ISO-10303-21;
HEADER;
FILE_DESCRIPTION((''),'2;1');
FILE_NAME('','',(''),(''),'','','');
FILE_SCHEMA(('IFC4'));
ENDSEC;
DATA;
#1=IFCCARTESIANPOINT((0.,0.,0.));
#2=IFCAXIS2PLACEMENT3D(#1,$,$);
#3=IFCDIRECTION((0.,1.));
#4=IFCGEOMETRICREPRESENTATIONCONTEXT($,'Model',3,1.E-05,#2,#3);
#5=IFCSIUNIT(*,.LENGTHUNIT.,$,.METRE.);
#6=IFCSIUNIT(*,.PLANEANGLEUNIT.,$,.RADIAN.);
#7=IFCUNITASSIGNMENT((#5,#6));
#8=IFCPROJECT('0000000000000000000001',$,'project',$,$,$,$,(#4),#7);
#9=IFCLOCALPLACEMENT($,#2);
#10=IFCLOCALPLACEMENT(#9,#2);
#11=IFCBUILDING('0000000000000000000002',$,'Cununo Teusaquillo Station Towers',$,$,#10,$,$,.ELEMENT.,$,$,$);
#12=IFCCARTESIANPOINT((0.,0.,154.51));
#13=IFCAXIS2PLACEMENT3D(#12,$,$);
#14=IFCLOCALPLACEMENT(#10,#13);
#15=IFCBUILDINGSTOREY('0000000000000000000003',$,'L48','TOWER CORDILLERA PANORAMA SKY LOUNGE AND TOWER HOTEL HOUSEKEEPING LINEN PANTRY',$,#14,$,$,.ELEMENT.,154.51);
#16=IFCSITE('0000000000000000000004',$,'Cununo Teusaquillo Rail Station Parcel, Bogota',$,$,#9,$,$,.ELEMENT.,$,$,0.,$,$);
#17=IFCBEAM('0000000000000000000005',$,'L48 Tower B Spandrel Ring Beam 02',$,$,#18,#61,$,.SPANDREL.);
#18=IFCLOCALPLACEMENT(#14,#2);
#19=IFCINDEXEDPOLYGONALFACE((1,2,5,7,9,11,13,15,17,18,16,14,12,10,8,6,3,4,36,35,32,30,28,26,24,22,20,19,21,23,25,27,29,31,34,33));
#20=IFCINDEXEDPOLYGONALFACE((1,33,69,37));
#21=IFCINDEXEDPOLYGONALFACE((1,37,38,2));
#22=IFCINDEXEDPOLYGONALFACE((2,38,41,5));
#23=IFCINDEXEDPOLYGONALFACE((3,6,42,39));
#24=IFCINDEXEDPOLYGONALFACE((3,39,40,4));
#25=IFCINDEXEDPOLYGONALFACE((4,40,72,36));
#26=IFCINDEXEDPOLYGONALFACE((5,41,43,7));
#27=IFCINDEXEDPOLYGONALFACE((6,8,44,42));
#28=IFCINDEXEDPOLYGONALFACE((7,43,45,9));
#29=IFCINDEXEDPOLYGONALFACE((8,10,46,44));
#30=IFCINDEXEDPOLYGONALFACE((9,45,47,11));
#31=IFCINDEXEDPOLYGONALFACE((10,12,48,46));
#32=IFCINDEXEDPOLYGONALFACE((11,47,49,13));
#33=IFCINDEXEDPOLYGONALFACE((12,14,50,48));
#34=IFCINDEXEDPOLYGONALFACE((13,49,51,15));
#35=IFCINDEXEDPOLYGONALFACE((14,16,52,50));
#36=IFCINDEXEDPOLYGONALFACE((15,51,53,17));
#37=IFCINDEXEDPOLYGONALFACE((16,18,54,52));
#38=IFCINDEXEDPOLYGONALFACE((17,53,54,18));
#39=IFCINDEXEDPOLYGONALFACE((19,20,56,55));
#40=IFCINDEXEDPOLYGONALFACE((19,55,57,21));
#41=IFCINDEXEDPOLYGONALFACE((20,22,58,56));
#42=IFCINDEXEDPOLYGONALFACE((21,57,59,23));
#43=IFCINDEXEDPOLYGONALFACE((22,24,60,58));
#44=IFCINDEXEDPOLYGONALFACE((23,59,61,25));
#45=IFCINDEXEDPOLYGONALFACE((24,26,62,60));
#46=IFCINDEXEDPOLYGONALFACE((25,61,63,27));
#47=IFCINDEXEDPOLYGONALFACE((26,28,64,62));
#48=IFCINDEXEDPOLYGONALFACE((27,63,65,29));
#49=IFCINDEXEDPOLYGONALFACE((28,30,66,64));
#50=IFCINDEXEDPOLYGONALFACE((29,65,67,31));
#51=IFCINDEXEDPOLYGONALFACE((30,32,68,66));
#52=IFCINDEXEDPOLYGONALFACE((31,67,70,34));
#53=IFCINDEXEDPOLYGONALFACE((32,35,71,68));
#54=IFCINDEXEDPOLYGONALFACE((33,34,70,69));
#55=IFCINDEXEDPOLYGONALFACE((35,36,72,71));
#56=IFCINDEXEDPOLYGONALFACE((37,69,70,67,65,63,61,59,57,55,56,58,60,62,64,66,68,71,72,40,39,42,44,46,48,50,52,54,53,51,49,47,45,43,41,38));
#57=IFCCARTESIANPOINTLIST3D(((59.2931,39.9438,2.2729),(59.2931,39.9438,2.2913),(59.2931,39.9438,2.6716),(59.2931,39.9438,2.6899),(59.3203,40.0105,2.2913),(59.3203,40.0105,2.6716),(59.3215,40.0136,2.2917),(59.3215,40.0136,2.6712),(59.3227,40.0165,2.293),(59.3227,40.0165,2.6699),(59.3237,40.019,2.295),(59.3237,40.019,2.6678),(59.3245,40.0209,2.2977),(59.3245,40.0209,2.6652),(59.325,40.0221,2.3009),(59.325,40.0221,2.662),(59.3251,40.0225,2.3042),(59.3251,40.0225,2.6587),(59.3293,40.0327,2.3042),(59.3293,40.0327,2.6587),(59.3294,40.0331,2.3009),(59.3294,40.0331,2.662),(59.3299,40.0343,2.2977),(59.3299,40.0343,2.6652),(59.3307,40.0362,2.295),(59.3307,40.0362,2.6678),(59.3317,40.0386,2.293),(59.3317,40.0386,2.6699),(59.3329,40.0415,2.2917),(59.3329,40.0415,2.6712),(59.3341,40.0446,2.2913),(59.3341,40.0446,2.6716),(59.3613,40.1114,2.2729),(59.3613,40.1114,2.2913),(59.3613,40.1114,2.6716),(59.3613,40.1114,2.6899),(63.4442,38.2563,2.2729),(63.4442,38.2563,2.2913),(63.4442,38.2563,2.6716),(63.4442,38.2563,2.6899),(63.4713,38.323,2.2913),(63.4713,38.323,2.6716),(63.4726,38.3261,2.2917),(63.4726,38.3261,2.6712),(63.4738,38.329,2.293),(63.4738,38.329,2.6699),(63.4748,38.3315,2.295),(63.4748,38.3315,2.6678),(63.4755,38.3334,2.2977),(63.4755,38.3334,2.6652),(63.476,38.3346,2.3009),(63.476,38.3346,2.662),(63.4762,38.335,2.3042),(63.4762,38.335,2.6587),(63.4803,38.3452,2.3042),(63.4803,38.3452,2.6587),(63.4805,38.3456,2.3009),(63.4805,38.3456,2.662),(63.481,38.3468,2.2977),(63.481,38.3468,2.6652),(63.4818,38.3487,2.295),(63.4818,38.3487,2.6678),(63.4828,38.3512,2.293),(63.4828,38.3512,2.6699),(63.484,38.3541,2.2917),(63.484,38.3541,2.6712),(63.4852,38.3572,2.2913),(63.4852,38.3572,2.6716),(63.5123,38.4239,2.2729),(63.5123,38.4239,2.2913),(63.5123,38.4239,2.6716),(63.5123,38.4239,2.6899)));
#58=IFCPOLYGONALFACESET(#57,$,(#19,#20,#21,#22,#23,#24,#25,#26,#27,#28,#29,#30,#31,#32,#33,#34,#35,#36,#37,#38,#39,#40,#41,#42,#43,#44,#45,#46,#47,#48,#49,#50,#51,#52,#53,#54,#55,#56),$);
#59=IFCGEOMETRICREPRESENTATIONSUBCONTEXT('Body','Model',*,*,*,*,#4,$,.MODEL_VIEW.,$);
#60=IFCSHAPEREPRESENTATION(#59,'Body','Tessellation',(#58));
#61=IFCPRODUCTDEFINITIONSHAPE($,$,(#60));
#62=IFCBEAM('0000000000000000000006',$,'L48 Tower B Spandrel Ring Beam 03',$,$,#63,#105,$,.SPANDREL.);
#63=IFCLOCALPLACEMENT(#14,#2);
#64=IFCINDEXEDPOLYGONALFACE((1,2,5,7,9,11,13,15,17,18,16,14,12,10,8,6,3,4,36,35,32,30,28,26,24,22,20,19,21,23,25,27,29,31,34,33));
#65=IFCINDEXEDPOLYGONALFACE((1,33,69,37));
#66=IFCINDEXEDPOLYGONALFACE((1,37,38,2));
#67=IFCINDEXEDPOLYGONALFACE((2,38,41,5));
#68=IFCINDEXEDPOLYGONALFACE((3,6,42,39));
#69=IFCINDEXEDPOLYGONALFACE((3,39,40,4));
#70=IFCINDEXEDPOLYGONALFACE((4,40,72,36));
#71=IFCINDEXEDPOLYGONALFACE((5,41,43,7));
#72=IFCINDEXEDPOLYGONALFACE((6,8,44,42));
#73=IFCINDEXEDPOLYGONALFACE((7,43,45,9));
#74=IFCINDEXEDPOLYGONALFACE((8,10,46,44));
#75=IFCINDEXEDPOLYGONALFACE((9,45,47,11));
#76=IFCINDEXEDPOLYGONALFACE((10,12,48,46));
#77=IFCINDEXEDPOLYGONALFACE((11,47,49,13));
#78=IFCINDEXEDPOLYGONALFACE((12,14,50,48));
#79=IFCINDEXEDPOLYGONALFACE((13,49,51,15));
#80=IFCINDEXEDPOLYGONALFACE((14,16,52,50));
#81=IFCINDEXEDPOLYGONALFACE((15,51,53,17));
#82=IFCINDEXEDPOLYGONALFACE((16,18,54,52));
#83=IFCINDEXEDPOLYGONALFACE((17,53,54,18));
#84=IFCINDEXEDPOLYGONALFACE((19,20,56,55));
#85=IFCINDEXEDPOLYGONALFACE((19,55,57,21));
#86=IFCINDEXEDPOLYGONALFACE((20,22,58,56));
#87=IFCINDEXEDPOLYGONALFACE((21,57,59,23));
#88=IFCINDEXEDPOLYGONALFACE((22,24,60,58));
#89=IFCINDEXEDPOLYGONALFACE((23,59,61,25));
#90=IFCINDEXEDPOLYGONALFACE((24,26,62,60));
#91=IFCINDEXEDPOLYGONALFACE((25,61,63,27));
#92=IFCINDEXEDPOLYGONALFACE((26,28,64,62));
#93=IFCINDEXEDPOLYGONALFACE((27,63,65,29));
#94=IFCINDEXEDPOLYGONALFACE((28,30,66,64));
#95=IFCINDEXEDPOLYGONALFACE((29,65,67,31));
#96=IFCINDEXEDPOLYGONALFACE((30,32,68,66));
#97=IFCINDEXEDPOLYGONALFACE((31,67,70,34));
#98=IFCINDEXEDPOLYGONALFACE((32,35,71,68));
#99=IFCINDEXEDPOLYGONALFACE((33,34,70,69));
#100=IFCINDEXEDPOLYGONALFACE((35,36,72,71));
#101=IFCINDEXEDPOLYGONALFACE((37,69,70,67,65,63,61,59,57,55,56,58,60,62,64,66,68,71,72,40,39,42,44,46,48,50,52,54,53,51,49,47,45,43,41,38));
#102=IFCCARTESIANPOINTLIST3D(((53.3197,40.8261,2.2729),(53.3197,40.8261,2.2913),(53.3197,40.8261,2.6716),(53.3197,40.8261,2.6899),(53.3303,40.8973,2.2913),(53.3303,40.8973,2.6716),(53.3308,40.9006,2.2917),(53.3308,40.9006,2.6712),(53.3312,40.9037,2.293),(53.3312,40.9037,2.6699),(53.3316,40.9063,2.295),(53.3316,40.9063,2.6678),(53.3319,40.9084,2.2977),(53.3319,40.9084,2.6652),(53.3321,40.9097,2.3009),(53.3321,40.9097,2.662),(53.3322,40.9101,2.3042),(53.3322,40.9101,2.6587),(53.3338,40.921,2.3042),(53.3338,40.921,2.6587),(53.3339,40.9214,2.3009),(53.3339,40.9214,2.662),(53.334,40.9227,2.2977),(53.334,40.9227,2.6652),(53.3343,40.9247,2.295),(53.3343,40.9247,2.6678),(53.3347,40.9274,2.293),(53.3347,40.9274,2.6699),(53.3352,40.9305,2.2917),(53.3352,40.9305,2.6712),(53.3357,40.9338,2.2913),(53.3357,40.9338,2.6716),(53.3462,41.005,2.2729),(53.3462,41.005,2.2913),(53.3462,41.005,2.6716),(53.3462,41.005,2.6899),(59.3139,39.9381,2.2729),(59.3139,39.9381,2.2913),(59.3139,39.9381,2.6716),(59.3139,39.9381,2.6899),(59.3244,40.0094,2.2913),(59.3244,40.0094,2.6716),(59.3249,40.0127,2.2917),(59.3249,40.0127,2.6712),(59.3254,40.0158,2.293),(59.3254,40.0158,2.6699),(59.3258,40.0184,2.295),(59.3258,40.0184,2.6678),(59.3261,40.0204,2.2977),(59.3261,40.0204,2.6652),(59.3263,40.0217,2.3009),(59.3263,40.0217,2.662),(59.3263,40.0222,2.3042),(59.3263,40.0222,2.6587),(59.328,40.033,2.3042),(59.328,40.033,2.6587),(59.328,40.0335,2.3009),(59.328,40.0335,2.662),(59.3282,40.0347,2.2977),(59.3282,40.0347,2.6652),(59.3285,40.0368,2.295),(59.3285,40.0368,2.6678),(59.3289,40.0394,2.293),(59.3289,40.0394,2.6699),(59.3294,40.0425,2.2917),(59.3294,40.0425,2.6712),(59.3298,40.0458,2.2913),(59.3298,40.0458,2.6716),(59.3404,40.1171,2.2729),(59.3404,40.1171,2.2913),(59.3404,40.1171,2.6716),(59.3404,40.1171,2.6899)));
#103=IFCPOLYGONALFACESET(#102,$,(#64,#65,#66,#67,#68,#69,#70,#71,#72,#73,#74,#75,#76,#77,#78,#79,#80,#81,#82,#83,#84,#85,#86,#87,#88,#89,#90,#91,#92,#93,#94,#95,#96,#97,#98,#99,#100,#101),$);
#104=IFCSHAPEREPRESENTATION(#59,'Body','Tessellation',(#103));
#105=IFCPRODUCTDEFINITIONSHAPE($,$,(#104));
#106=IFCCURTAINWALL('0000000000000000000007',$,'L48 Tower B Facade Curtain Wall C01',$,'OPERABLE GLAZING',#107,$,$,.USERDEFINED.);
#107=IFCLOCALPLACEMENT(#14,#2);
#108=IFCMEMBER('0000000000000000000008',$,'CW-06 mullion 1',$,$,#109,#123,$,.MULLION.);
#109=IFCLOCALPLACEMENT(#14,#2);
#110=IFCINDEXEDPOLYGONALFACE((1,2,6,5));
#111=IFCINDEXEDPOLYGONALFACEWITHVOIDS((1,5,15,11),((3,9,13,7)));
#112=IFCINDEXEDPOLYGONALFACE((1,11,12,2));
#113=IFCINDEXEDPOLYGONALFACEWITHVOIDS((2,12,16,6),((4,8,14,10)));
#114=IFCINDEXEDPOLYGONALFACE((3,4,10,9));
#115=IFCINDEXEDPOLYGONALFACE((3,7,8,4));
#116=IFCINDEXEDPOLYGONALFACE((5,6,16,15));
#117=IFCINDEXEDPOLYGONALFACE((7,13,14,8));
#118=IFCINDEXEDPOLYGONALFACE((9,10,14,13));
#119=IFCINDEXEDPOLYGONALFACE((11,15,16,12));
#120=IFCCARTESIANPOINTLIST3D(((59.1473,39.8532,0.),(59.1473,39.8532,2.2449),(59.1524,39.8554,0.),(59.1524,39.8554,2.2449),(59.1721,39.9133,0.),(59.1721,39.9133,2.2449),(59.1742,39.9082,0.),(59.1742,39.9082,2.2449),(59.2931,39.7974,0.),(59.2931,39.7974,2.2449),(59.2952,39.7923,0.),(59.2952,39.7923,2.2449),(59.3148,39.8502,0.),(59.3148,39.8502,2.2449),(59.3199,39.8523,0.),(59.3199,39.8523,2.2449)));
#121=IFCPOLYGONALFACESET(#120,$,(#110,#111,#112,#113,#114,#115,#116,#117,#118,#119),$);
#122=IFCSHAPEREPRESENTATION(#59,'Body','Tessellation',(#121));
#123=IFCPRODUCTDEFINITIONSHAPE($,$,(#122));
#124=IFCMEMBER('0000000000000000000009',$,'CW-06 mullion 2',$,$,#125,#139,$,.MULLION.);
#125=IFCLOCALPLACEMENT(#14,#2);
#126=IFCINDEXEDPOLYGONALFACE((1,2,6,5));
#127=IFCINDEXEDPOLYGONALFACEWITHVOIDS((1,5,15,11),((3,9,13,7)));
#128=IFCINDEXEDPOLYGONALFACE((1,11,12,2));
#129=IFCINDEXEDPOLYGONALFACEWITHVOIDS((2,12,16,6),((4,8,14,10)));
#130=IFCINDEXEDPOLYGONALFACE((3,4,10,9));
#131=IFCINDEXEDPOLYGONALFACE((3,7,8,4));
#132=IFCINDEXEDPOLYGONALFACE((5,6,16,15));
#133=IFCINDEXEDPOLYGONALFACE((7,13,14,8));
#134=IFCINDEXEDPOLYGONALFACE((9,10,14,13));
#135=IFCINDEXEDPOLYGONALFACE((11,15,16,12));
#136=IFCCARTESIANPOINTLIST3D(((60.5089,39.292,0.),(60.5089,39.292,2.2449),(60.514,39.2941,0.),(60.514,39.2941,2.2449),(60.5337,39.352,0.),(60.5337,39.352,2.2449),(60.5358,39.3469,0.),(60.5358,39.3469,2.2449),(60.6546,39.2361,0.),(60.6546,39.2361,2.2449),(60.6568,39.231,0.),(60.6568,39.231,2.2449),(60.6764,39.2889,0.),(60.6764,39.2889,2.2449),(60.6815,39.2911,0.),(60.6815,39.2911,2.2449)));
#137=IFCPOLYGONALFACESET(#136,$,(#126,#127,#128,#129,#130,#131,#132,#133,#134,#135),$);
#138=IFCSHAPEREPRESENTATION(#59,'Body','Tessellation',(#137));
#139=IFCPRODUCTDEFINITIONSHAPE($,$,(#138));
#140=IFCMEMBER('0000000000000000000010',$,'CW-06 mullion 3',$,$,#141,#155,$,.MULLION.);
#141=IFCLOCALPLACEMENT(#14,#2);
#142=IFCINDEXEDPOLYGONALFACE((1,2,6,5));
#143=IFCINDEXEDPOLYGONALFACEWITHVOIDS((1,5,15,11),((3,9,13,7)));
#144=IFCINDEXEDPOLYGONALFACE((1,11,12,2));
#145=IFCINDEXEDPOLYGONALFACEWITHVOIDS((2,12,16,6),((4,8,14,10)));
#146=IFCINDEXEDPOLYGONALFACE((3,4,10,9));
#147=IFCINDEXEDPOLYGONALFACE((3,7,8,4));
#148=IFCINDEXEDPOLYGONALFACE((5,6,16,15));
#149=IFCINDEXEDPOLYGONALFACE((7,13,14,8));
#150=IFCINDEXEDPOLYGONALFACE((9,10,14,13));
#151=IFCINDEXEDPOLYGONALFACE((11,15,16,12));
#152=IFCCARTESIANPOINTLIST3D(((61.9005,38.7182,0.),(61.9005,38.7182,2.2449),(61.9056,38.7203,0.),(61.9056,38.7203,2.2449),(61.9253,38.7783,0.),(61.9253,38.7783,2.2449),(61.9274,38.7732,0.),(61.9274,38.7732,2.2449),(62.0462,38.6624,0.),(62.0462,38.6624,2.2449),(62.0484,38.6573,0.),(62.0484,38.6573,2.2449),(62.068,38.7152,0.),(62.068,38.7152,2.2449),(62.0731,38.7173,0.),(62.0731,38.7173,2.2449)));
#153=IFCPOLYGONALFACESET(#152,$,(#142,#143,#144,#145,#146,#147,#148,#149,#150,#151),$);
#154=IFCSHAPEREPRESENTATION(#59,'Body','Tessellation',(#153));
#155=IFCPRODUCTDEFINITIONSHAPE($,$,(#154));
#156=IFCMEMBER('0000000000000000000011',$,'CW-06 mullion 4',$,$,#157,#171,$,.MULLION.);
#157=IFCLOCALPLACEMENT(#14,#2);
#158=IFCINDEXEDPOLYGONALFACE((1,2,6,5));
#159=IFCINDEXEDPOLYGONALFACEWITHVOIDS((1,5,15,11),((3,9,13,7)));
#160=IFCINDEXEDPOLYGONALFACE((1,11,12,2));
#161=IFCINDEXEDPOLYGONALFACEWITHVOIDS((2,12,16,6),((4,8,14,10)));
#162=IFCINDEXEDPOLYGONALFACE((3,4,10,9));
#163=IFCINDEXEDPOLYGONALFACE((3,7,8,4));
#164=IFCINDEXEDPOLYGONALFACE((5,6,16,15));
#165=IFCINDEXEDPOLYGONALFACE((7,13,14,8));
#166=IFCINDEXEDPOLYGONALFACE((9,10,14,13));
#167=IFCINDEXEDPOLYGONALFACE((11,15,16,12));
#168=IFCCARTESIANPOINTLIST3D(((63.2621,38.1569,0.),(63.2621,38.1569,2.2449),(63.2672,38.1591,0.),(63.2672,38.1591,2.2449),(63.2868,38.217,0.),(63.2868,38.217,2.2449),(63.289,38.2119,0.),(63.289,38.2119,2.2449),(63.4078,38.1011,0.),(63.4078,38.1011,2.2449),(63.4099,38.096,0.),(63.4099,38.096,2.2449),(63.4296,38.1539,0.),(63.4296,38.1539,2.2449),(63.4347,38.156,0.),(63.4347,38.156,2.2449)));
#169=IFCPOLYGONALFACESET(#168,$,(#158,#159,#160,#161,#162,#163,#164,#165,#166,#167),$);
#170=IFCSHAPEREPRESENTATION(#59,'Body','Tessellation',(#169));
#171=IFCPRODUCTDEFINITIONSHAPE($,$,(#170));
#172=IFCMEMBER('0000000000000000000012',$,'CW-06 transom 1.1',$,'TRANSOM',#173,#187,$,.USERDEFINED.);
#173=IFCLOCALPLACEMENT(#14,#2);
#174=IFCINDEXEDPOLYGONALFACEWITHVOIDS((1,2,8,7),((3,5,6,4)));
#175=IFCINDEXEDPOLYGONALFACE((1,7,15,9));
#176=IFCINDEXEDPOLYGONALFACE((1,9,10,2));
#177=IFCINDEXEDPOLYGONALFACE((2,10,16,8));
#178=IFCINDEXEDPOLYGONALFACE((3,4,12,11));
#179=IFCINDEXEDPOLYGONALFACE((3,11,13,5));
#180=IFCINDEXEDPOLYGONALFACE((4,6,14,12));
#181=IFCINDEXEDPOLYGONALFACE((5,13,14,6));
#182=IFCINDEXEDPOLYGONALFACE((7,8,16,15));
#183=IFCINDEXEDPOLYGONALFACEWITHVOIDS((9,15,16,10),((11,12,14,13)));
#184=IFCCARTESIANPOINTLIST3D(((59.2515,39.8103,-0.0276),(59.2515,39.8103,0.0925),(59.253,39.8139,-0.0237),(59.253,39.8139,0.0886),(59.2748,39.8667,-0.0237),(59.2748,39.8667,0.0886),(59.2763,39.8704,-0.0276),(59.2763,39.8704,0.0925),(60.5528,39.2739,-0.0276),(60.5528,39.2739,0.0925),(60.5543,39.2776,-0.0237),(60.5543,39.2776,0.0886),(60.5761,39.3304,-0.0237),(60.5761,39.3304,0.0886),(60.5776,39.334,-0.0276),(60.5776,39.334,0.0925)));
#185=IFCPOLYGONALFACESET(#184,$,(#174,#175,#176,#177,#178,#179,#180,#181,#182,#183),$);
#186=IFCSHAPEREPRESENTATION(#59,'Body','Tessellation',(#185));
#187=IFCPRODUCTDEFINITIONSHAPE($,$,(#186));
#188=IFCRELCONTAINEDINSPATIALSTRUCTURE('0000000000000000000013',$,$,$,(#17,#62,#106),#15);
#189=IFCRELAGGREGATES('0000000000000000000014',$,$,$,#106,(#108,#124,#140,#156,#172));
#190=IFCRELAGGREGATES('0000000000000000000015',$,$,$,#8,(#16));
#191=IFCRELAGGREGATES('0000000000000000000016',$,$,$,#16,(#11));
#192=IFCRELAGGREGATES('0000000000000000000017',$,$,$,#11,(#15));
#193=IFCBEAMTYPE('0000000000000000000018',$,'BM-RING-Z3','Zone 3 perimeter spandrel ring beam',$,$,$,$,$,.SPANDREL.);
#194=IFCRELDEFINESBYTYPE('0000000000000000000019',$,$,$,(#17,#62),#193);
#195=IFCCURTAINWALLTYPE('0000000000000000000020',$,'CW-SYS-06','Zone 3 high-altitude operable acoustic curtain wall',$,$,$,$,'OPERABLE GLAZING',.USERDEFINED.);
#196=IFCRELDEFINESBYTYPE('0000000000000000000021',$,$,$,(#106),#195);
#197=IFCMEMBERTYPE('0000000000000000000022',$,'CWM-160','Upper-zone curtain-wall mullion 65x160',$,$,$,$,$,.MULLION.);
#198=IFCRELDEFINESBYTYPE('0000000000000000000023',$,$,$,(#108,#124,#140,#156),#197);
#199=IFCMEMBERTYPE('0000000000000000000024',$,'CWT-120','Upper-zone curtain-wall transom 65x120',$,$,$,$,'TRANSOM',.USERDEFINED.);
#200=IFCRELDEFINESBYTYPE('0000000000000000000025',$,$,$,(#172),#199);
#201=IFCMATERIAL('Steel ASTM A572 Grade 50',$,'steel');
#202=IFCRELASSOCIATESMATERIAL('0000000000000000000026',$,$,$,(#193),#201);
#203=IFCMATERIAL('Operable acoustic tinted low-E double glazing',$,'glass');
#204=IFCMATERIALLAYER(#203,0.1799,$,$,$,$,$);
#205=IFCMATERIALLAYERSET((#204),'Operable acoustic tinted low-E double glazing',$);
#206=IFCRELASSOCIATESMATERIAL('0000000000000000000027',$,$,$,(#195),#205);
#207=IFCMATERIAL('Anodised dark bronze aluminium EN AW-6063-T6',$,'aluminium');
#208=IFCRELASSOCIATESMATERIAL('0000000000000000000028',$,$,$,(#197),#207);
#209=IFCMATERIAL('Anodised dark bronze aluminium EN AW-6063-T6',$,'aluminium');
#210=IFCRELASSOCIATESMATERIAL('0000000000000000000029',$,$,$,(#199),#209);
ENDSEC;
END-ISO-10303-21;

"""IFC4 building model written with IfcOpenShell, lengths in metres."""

from ifc_helpers import new_model, si_unit, direction, frame, origin, origin_2d, place, context, subcontext, project, spatial, hollow_rectangle, i_section, extrude, material, layer, layer_set, material_profile, profile_set, type_object, element, aggregate, save


model = new_model("IFC4")

# Units and contexts
model_context = context("Model", 3, precision=1e-05, world=origin(), true_north=direction((0.0, 1.0)))
body_context = subcontext(model_context, "Body", "Model", "MODEL_VIEW")
ifc_project = project(units=[si_unit("LENGTHUNIT", "METRE"), si_unit("PLANEANGLEUNIT", "RADIAN")], contexts=[model_context])

# Site, building, storey
site_placement = place(None, origin())
site = spatial("IfcSite", under=ifc_project, at=site_placement, Name="Cununo Teusaquillo Rail Station Parcel, Bogota", CompositionType="ELEMENT", RefElevation=0.0)
building_placement = place(site_placement, origin())
building = spatial("IfcBuilding", under=site, at=building_placement, Name="Cununo Teusaquillo Station Towers", CompositionType="ELEMENT")
storey_placement = place(building_placement, frame((0.0, 0.0, 154.51)))
storey = spatial("IfcBuildingStorey", under=building, at=storey_placement, Name="L48", Description="TOWER CORDILLERA PANORAMA SKY LOUNGE AND TOWER HOTEL HOUSEKEEPING LINEN PANTRY", CompositionType="ELEMENT", Elevation=154.51)

# Beams
ifc_material_1 = material(Name="Steel ASTM A572 Grade 50", Category="steel")
ifc_material_profile_1 = material_profile(ifc_material_1, i_section(OverallWidth=0.1809, OverallDepth=0.417, WebThickness=0.011, FlangeThickness=0.0183, FilletRadius=0.0129, at=origin_2d()), Name="W16X57")
ifc_profile_set_1 = profile_set([ifc_material_profile_1], Name="Steel ASTM A572 Grade 50")
beam_type_1 = type_object("IfcBeamType", Name="BM-RING-Z3", Description="Zone 3 perimeter spandrel ring beam", PredefinedType="SPANDREL", material=ifc_profile_set_1)
beam_1_placement = place(storey_placement, frame((63.4783, 38.3401, 2.4814), z_axis=(-0.92638, 0.376589, 0.0), x_axis=(-0.376589, -0.92638, 0.0)))
element("IfcBeam", 1, at=beam_1_placement, inside=storey, type_object=beam_type_1, Name="L48 Tower B Spandrel Ring Beam 02", PredefinedType="SPANDREL", context=body_context, shape_type="SweptSolid", body=[
    extrude(i_section(OverallWidth=0.1809, OverallDepth=0.417, WebThickness=0.011, FlangeThickness=0.0183, FilletRadius=0.0129, at=origin_2d()), origin(), (0.0, 0.0, 1.0), 4.481),
])
beam_2_placement = place(storey_placement, frame((59.3271, 40.0276, 2.4814), z_axis=(-0.989205, 0.146536, 0.0), x_axis=(-0.146536, -0.989205, 0.0)))
element("IfcBeam", 2, at=beam_2_placement, inside=storey, type_object=beam_type_1, Name="L48 Tower B Spandrel Ring Beam 03", PredefinedType="SPANDREL", context=body_context, shape_type="SweptSolid", body=[
    extrude(i_section(OverallWidth=0.1809, OverallDepth=0.417, WebThickness=0.011, FlangeThickness=0.0183, FilletRadius=0.0129, at=origin_2d()), origin(), (0.0, 0.0, 1.0), 6.0596),
])

# Curtain wall, members
ifc_material_2 = material(Name="Operable acoustic tinted low-E double glazing", Category="glass")
ifc_layer_1 = layer(ifc_material_2, 0.1799)
ifc_layer_set_1 = layer_set([ifc_layer_1], Name="Operable acoustic tinted low-E double glazing")
curtain_wall_type = type_object("IfcCurtainWallType", Name="CW-SYS-06", Description="Zone 3 high-altitude operable acoustic curtain wall", ElementType="OPERABLE GLAZING", PredefinedType="USERDEFINED", material=ifc_layer_set_1)
curtain_wall_placement = place(storey_placement, origin())
curtain_wall = element("IfcCurtainWall", 3, at=curtain_wall_placement, inside=storey, type_object=curtain_wall_type, Name="L48 Tower B Facade Curtain Wall C01", ObjectType="OPERABLE GLAZING", PredefinedType="USERDEFINED")
ifc_material_3 = material(Name="Anodised dark bronze aluminium EN AW-6063-T6", Category="aluminium")
ifc_material_profile_2 = material_profile(ifc_material_3, hollow_rectangle(XDim=0.0649, YDim=0.1599, WallThickness=0.0039, at=origin_2d()), Name="CW-MULL-65x160")
ifc_profile_set_2 = profile_set([ifc_material_profile_2], Name="Anodised dark bronze aluminium EN AW-6063-T6")
member_type_1 = type_object("IfcMemberType", Name="CWM-160", Description="Upper-zone curtain-wall mullion 65x160", PredefinedType="MULLION", material=ifc_profile_set_2)
member_1_placement = place(storey_placement, frame((59.2336, 39.8528, 0.0), z_axis=(0.0, 0.0, 1.0), x_axis=(0.381122, 0.924525, 0.0)))
member_1 = element("IfcMember", 4, at=member_1_placement, type_object=member_type_1, Name="CW-06 mullion 1", PredefinedType="MULLION", context=body_context, shape_type="SweptSolid", body=[
    extrude(hollow_rectangle(XDim=0.0649, YDim=0.1599, WallThickness=0.0039, at=origin_2d()), origin(), (0.0, 0.0, 1.0), 2.2449),
])
member_2_placement = place(storey_placement, frame((60.5952, 39.2915, 0.0), z_axis=(0.0, 0.0, 1.0), x_axis=(0.381122, 0.924525, 0.0)))
member_2 = element("IfcMember", 5, at=member_2_placement, type_object=member_type_1, Name="CW-06 mullion 2", PredefinedType="MULLION", context=body_context, shape_type="SweptSolid", body=[
    extrude(hollow_rectangle(XDim=0.0649, YDim=0.1599, WallThickness=0.0039, at=origin_2d()), origin(), (0.0, 0.0, 1.0), 2.2449),
])
member_3_placement = place(storey_placement, frame((61.9868, 38.7178, 0.0), z_axis=(0.0, 0.0, 1.0), x_axis=(0.381122, 0.924525, 0.0)))
member_3 = element("IfcMember", 6, at=member_3_placement, type_object=member_type_1, Name="CW-06 mullion 3", PredefinedType="MULLION", context=body_context, shape_type="SweptSolid", body=[
    extrude(hollow_rectangle(XDim=0.0649, YDim=0.1599, WallThickness=0.0039, at=origin_2d()), origin(), (0.0, 0.0, 1.0), 2.2449),
])
member_4_placement = place(storey_placement, frame((63.3484, 38.1565, 0.0), z_axis=(0.0, 0.0, 1.0), x_axis=(0.381122, 0.924525, 0.0)))
member_4 = element("IfcMember", 7, at=member_4_placement, type_object=member_type_1, Name="CW-06 mullion 4", PredefinedType="MULLION", context=body_context, shape_type="SweptSolid", body=[
    extrude(hollow_rectangle(XDim=0.0649, YDim=0.1599, WallThickness=0.0039, at=origin_2d()), origin(), (0.0, 0.0, 1.0), 2.2449),
])
ifc_material_4 = material(Name="Anodised dark bronze aluminium EN AW-6063-T6", Category="aluminium")
ifc_material_profile_3 = material_profile(ifc_material_4, hollow_rectangle(XDim=0.0649, YDim=0.1201, WallThickness=0.0039, at=origin_2d()), Name="CW-TRAN-65x120")
ifc_profile_set_3 = profile_set([ifc_material_profile_3], Name="Anodised dark bronze aluminium EN AW-6063-T6")
member_type_2 = type_object("IfcMemberType", Name="CWT-120", Description="Upper-zone curtain-wall transom 65x120", ElementType="TRANSOM", PredefinedType="USERDEFINED", material=ifc_profile_set_3)
member_5_placement = place(storey_placement, frame((59.2639, 39.8403, 0.0325), z_axis=(0.924538, -0.38109, 0.0), x_axis=(0.38109, 0.924538, 0.0)))
member_5 = element("IfcMember", 8, at=member_5_placement, type_object=member_type_2, Name="CW-06 transom 1.1", ObjectType="TRANSOM", PredefinedType="USERDEFINED", context=body_context, shape_type="SweptSolid", body=[
    extrude(hollow_rectangle(XDim=0.0649, YDim=0.1201, WallThickness=0.0039, at=origin_2d()), origin(), (0.0, 0.0, 1.0), 1.4075),
])
aggregate(curtain_wall, [member_1, member_2, member_3, member_4, member_5])

save(model, "model.ifc")
